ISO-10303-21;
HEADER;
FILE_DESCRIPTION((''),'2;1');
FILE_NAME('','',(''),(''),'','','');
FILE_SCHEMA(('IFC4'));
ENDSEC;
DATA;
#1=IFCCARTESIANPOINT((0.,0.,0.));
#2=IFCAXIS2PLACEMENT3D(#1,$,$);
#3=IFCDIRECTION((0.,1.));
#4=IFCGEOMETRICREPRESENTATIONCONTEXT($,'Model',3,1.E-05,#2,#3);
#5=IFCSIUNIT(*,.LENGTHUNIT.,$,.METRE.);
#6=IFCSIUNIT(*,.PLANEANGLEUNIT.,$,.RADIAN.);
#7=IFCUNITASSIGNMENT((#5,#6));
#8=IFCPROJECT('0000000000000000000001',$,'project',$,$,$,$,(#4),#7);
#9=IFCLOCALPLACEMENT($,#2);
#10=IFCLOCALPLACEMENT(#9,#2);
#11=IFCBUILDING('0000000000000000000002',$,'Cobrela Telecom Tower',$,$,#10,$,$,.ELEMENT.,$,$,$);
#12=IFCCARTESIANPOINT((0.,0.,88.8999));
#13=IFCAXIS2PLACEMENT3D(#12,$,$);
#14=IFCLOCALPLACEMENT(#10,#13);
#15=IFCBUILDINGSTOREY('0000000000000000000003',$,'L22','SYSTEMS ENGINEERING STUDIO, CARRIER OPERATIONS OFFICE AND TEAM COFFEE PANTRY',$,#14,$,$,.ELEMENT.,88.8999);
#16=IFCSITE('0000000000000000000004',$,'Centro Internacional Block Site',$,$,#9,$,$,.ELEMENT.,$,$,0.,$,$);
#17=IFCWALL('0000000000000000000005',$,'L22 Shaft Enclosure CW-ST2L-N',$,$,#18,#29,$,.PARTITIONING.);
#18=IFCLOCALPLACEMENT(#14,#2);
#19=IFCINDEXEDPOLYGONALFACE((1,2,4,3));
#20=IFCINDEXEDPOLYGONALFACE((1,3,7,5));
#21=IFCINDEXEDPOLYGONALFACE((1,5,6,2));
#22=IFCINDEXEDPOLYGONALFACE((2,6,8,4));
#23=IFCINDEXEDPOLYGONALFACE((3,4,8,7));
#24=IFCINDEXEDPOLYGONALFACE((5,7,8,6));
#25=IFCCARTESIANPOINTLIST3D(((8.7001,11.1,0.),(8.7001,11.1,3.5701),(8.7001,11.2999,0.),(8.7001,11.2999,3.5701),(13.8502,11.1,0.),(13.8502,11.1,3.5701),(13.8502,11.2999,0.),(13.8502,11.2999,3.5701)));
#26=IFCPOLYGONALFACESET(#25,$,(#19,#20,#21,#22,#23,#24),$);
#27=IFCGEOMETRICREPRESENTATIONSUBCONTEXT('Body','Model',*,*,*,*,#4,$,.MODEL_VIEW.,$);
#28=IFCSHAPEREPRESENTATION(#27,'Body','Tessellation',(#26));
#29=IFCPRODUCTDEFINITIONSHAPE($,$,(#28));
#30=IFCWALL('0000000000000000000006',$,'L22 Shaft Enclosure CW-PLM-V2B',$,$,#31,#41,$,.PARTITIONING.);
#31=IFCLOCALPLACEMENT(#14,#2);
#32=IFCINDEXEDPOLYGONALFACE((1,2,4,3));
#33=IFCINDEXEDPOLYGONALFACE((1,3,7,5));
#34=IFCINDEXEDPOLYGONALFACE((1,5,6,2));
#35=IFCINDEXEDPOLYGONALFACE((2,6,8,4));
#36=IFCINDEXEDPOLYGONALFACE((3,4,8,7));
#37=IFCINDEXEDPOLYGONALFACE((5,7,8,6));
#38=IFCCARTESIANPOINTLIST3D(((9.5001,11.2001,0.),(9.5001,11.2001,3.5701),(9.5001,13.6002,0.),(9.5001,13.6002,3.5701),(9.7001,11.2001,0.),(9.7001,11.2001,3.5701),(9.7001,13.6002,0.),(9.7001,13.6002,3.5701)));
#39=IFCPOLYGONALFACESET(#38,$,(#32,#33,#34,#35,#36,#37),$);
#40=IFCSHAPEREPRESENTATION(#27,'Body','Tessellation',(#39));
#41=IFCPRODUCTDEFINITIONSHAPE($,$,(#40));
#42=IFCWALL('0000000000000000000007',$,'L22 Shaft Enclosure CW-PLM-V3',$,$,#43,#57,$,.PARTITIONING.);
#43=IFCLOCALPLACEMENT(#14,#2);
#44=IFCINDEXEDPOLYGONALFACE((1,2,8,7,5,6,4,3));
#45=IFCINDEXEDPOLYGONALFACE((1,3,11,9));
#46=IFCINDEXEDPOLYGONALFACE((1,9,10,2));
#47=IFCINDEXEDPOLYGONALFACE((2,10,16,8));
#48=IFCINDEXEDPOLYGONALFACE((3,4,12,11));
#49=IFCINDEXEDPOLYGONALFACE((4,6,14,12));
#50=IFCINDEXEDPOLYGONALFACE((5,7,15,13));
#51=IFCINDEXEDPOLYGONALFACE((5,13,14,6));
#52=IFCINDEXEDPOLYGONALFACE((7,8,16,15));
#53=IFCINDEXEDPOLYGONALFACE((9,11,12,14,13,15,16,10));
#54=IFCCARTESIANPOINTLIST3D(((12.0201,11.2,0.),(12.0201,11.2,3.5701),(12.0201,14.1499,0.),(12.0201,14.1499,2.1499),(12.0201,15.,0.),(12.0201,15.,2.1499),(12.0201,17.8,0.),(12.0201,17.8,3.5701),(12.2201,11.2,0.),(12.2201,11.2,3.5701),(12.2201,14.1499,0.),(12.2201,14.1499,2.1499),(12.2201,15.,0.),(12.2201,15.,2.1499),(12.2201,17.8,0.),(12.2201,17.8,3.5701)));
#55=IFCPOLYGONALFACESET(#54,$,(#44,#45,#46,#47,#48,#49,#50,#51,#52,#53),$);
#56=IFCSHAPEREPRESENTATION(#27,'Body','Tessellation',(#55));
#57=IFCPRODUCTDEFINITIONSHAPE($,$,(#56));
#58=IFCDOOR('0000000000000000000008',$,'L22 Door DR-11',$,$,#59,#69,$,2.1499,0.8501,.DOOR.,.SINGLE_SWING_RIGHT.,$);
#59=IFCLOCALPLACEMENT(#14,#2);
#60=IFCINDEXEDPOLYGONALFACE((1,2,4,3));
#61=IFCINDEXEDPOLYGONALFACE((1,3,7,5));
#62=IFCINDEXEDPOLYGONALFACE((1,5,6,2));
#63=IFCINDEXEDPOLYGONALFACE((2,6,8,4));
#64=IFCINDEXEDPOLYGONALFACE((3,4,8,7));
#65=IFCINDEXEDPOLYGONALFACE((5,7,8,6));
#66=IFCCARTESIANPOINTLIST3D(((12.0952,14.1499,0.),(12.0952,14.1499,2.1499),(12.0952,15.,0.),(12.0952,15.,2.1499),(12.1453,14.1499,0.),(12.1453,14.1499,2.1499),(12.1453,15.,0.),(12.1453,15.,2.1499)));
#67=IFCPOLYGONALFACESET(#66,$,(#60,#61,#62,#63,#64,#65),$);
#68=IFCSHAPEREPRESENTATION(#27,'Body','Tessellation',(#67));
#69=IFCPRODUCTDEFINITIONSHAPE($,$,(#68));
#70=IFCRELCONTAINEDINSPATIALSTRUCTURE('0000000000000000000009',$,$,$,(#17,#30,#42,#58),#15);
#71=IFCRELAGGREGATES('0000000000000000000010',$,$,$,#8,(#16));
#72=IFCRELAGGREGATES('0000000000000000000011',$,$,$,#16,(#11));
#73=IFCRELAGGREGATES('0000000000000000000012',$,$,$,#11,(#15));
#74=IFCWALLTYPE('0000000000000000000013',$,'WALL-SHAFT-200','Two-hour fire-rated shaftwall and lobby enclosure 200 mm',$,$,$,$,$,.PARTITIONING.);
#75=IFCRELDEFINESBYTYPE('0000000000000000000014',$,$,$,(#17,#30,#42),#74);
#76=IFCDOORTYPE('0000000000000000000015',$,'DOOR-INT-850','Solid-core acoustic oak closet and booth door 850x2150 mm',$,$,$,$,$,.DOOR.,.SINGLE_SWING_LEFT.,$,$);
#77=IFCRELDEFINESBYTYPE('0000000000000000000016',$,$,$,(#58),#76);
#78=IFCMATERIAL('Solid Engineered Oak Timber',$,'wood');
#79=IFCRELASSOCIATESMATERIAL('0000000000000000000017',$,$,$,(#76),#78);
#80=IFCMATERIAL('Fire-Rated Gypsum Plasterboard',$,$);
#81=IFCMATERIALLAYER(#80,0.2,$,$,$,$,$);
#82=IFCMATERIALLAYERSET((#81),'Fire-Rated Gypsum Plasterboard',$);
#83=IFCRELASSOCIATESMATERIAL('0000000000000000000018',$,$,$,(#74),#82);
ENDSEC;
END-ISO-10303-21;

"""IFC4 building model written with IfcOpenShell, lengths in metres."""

from ifc_helpers import new_model, si_unit, direction, frame, frame_2d, origin, place, context, subcontext, project, spatial, rectangle, extrude, material, layer, layer_set, type_object, element, fill, save


model = new_model("IFC4")

# Units and contexts
model_context = context("Model", 3, precision=1e-05, world=origin(), true_north=direction((0.0, 1.0)))
body_context = subcontext(model_context, "Body", "Model", "MODEL_VIEW")
ifc_project = project(units=[si_unit("LENGTHUNIT", "METRE"), si_unit("PLANEANGLEUNIT", "RADIAN")], contexts=[model_context])

# Site, building, storey
site_placement = place(None, origin())
site = spatial("IfcSite", under=ifc_project, at=site_placement, Name="Centro Internacional Block Site", CompositionType="ELEMENT", RefElevation=0.0)
building_placement = place(site_placement, origin())
building = spatial("IfcBuilding", under=site, at=building_placement, Name="Cobrela Telecom Tower", CompositionType="ELEMENT")
storey_placement = place(building_placement, frame((0.0, 0.0, 88.8999)))
storey = spatial("IfcBuildingStorey", under=building, at=storey_placement, Name="L22", Description="SYSTEMS ENGINEERING STUDIO, CARRIER OPERATIONS OFFICE AND TEAM COFFEE PANTRY", CompositionType="ELEMENT", Elevation=88.8999)

# Shared definitions
ifc_material_1 = material(Name="Fire-Rated Gypsum Plasterboard")
ifc_material_2 = material(Name="Solid Engineered Oak Timber", Category="wood")

# Shared definitions
door_type_1 = type_object("IfcDoorType", Name="DOOR-INT-850", Description="Solid-core acoustic oak closet and booth door 850x2150 mm", OperationType="SINGLE_SWING_LEFT", PredefinedType="DOOR", material=ifc_material_2)

# Walls
ifc_layer_1 = layer(ifc_material_1, 0.2)
ifc_layer_set_1 = layer_set([ifc_layer_1], Name="Fire-Rated Gypsum Plasterboard")
wall_type_1 = type_object("IfcWallType", Name="WALL-SHAFT-200", Description="Two-hour fire-rated shaftwall and lobby enclosure 200 mm", PredefinedType="PARTITIONING", material=ifc_layer_set_1)
wall_1_placement = place(storey_placement, frame((8.7, 11.2, 0.0), z_axis=(0.0, 0.0, 1.0), x_axis=(1.0, 0.0, 0.0)))
element("IfcWall", 1, at=wall_1_placement, inside=storey, type_object=wall_type_1, Name="L22 Shaft Enclosure CW-ST2L-N", PredefinedType="PARTITIONING", context=body_context, shape_type="SweptSolid", body=[
    extrude(rectangle(XDim=5.1501, YDim=0.2, at=frame_2d((2.5752, 0.0))), origin(), (0.0, 0.0, 1.0), 3.5701),
])
wall_2_placement = place(storey_placement, frame((9.6001, 11.2, 0.0), z_axis=(0.0, 0.0, 1.0), x_axis=(0.0, 1.0, 0.0)))
element("IfcWall", 2, at=wall_2_placement, inside=storey, type_object=wall_type_1, Name="L22 Shaft Enclosure CW-PLM-V2B", PredefinedType="PARTITIONING", context=body_context, shape_type="SweptSolid", body=[
    extrude(rectangle(XDim=2.4001, YDim=0.2, at=frame_2d((1.2002, 0.0))), origin(), (0.0, 0.0, 1.0), 3.5701),
])

# Wall, opening, door
wall_3_placement = place(storey_placement, frame((12.1201, 11.2, 0.0), z_axis=(0.0, 0.0, 1.0), x_axis=(0.0, 1.0, 0.0)))
wall_3 = element("IfcWall", 3, at=wall_3_placement, inside=storey, type_object=wall_type_1, Name="L22 Shaft Enclosure CW-PLM-V3", PredefinedType="PARTITIONING", context=body_context, shape_type="SweptSolid", body=[
    extrude(rectangle(XDim=6.6001, YDim=0.2, at=frame_2d((3.3, 0.0))), origin(), (0.0, 0.0, 1.0), 3.5701),
])
opening_1_placement = place(wall_3_placement, frame((2.95, 0.0, 0.0)))
opening_1 = element("IfcOpeningElement", 4, at=opening_1_placement, cuts=wall_3, PredefinedType="OPENING", context=body_context, shape_type="SweptSolid", body=[
    extrude(rectangle(XDim=0.8501, YDim=2.1499, at=frame_2d((0.425, 1.075))), frame((0.0, 0.1118, 0.0), z_axis=(0.0, -1.0, 0.0), x_axis=(1.0, 0.0, 0.0)), (0.0, 0.0, 1.0), 0.2239),
])
door_1_placement = place(opening_1_placement, origin())
door_1 = element("IfcDoor", 5, at=door_1_placement, inside=storey, type_object=door_type_1, Name="L22 Door DR-11", OperationType="SINGLE_SWING_RIGHT", OverallHeight=2.1499, OverallWidth=0.8501, PredefinedType="DOOR", context=body_context, shape_type="SweptSolid", body=[
    extrude(rectangle(XDim=0.8501, YDim=2.1499, at=frame_2d((0.425, 1.075))), frame((0.0, 0.0249, 0.0), z_axis=(0.0, -1.0, 0.0), x_axis=(1.0, 0.0, 0.0)), (0.0, 0.0, 1.0), 0.05),
])
fill(opening_1, door_1)

save(model, "model.ifc")
